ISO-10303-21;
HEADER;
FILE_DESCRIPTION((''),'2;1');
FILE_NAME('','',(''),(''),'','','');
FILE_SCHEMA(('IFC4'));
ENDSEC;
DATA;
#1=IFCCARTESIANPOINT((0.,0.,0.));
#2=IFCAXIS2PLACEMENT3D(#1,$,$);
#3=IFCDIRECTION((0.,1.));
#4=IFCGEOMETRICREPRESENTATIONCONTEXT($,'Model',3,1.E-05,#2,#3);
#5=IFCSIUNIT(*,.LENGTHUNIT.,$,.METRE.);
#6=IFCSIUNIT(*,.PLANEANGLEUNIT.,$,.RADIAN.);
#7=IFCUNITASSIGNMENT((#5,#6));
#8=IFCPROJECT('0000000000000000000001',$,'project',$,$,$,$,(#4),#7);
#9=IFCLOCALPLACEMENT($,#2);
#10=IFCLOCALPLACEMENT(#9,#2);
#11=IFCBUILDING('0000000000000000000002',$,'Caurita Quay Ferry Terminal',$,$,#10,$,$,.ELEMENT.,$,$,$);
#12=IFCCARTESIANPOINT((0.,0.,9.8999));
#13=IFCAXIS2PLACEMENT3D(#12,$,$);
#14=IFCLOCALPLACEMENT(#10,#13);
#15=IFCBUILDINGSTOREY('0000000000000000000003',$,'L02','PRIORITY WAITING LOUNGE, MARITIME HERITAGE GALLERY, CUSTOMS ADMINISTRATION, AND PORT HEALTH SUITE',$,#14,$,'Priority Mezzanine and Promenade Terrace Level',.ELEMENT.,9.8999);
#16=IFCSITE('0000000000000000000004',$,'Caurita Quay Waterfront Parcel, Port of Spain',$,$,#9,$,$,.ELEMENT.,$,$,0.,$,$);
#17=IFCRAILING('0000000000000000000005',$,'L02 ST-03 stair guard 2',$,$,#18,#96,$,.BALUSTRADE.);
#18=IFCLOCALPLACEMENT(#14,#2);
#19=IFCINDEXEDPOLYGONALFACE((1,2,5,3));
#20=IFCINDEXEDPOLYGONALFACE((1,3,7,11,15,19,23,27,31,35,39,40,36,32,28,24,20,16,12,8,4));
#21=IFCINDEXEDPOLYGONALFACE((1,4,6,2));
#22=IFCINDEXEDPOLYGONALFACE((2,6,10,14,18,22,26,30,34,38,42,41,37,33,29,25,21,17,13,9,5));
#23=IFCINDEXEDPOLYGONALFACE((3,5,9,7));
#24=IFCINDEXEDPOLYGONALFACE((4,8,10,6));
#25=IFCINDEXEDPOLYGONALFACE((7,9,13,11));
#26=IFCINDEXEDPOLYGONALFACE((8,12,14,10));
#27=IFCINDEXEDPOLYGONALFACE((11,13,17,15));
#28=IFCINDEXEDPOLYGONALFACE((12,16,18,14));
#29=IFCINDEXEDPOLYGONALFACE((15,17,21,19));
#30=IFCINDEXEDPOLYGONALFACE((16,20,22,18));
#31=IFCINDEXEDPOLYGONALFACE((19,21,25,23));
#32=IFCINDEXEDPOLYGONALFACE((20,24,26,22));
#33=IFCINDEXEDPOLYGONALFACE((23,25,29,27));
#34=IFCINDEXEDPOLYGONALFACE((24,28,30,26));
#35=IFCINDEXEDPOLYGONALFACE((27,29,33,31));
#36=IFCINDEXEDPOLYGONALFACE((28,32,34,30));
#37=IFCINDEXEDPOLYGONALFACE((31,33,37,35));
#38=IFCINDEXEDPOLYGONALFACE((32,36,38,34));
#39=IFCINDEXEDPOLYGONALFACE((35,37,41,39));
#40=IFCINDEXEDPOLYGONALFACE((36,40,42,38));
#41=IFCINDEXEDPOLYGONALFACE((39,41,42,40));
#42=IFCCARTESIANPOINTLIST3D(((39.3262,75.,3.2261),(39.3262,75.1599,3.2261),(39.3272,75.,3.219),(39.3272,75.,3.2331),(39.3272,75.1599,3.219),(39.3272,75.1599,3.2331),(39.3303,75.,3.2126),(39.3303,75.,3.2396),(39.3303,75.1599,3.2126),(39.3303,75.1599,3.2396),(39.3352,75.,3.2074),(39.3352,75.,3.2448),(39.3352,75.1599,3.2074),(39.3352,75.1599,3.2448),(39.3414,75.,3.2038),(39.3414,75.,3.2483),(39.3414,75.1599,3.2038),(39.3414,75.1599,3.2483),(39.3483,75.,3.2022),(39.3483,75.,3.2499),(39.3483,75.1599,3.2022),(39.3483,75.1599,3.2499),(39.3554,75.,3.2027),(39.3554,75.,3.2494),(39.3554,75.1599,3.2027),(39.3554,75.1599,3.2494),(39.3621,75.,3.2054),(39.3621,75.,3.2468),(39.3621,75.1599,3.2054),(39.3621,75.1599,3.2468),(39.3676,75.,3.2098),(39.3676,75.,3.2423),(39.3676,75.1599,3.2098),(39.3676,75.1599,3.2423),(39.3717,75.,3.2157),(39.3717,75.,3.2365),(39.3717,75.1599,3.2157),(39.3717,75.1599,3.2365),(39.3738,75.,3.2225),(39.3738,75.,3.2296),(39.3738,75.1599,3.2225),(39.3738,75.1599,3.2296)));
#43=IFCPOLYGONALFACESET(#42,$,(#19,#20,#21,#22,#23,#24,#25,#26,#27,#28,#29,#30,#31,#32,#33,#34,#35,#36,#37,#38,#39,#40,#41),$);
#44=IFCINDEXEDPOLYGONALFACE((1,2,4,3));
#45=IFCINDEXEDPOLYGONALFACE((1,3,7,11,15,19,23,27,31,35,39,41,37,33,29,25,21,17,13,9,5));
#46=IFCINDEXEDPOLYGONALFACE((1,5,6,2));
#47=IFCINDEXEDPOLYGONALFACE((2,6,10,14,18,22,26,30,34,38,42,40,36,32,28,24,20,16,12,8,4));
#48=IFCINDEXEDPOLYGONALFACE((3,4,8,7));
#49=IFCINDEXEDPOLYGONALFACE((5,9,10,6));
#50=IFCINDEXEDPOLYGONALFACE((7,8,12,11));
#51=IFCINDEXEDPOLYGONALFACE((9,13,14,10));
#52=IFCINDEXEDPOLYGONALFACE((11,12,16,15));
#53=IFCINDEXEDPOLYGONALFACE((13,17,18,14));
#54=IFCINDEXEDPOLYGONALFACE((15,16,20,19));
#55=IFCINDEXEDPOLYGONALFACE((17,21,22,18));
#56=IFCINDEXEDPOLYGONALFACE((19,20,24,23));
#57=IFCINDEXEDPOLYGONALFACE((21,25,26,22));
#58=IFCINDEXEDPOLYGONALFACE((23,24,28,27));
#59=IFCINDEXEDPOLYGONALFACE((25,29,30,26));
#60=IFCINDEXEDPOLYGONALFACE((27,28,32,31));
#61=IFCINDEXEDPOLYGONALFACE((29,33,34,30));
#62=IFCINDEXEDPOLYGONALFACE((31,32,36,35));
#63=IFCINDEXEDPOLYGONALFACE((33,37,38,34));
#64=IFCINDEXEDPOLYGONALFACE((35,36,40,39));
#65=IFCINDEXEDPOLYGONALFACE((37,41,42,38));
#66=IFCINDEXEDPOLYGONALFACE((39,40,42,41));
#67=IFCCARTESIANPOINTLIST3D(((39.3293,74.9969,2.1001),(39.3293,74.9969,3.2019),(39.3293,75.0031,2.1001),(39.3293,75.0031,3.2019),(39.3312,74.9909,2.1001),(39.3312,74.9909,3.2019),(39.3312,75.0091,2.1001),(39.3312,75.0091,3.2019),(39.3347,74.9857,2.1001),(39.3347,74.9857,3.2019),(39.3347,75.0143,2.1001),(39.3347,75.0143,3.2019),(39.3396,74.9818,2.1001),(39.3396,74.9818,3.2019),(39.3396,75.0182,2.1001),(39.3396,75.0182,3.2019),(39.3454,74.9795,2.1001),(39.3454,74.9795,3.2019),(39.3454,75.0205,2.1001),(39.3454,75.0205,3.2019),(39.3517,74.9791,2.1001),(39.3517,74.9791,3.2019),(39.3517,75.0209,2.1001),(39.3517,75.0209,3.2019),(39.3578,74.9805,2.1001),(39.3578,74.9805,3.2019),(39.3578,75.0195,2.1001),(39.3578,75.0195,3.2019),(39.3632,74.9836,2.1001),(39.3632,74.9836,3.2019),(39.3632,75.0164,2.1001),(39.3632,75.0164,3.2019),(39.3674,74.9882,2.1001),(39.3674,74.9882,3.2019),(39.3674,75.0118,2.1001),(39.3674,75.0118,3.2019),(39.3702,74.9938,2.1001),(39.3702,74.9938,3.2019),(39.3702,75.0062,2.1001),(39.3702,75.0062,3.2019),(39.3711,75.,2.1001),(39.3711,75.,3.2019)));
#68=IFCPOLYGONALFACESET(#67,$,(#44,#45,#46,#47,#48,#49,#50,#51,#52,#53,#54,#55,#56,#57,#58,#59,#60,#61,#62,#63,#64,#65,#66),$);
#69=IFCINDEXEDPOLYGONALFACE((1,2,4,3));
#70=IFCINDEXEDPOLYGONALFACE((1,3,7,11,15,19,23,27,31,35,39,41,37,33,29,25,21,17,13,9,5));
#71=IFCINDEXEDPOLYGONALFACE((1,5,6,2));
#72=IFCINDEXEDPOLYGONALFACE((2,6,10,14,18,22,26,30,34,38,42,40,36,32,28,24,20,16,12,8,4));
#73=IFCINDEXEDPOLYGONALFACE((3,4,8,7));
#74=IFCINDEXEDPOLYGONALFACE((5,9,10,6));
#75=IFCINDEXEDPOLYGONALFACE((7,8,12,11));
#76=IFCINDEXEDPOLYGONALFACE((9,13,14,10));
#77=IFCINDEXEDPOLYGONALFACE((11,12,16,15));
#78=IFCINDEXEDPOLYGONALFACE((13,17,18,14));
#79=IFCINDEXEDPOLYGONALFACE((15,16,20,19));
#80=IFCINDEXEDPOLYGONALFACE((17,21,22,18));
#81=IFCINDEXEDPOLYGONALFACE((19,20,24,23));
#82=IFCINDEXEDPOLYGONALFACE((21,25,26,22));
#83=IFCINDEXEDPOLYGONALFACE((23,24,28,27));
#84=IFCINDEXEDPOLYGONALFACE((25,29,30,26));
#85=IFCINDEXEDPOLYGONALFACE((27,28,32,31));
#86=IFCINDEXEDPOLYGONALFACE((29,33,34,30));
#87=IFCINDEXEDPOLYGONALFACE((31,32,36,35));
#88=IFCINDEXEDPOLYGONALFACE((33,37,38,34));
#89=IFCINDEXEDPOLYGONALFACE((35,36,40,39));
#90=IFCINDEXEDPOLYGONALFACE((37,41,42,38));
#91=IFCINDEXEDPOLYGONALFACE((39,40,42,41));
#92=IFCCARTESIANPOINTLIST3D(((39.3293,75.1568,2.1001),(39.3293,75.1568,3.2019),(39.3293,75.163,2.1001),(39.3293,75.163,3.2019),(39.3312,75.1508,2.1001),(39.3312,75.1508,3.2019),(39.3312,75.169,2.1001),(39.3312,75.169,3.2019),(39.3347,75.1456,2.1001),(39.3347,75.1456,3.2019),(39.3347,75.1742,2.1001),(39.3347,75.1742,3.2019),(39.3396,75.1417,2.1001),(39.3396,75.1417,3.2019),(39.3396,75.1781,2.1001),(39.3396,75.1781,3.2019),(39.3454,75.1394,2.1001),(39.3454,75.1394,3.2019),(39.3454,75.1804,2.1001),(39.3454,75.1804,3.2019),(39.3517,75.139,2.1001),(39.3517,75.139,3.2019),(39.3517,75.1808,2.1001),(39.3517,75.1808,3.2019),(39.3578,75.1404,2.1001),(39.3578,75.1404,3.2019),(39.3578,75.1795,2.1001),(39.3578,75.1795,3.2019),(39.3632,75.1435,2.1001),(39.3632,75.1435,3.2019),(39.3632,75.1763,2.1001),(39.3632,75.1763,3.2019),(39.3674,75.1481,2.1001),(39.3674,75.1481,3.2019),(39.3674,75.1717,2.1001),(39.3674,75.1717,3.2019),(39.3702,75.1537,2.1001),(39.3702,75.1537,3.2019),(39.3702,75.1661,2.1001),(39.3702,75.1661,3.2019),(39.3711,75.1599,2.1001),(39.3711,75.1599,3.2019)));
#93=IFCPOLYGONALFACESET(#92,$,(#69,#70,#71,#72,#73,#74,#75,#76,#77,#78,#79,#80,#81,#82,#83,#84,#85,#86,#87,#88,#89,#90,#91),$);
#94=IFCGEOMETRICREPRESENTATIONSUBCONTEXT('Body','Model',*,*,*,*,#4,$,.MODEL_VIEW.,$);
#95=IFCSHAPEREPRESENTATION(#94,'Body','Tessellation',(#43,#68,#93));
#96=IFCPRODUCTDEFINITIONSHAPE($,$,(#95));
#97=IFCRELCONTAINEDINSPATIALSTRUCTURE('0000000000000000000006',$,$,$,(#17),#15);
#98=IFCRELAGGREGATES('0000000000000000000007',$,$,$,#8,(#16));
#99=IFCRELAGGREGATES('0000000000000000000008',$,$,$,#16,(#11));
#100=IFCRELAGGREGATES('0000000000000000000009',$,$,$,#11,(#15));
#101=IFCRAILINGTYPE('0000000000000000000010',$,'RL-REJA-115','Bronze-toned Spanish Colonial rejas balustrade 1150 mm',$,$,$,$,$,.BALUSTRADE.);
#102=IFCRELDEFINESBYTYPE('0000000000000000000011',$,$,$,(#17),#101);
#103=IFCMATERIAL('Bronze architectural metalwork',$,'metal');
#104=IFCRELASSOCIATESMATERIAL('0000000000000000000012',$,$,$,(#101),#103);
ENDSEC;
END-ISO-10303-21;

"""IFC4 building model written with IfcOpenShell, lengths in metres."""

from ifc_helpers import new_model, si_unit, direction, frame, origin, origin_2d, place, context, subcontext, project, spatial, circle, extrude, material, type_object, element, save


model = new_model("IFC4")

# Units and contexts
model_context = context("Model", 3, precision=1e-05, world=origin(), true_north=direction((0.0, 1.0)))
body_context = subcontext(model_context, "Body", "Model", "MODEL_VIEW")
ifc_project = project(units=[si_unit("LENGTHUNIT", "METRE"), si_unit("PLANEANGLEUNIT", "RADIAN")], contexts=[model_context])

# Site, building, storey
site_placement = place(None, origin())
site = spatial("IfcSite", under=ifc_project, at=site_placement, Name="Caurita Quay Waterfront Parcel, Port of Spain", CompositionType="ELEMENT", RefElevation=0.0)
building_placement = place(site_placement, origin())
building = spatial("IfcBuilding", under=site, at=building_placement, Name="Caurita Quay Ferry Terminal", CompositionType="ELEMENT")
storey_placement = place(building_placement, frame((0.0, 0.0, 9.8999)))
storey = spatial("IfcBuildingStorey", under=building, at=storey_placement, Name="L02", Description="PRIORITY WAITING LOUNGE, MARITIME HERITAGE GALLERY, CUSTOMS ADMINISTRATION, AND PORT HEALTH SUITE", LongName="Priority Mezzanine and Promenade Terrace Level", CompositionType="ELEMENT", Elevation=9.8999)

# Railing
ifc_material_1 = material(Name="Bronze architectural metalwork", Category="metal")
railing_type_1 = type_object("IfcRailingType", Name="RL-REJA-115", Description="Bronze-toned Spanish Colonial rejas balustrade 1150 mm", PredefinedType="BALUSTRADE", material=ifc_material_1)
railing_1_placement = place(storey_placement, frame((39.3501, 75.0, 2.1001)))
element("IfcRailing", 1, at=railing_1_placement, inside=storey, type_object=railing_type_1, Name="L02 ST-03 stair guard 2", PredefinedType="BALUSTRADE", context=body_context, shape_type="SweptSolid", body=[
    extrude(circle(Radius=0.0239, at=origin_2d()), frame((0.0, 0.0, 1.126), z_axis=(0.0, 1.0, 0.0), x_axis=(-1.0, 0.0, 0.0)), (0.0, 0.0, 1.0), 0.1599),
    extrude(circle(Radius=0.021, at=origin_2d()), origin(), (0.0, 0.0, 1.0), 1.1018),
    extrude(circle(Radius=0.021, at=origin_2d()), frame((0.0, 0.1599, 0.0)), (0.0, 0.0, 1.0), 1.1018),
])

save(model, "model.ifc")
